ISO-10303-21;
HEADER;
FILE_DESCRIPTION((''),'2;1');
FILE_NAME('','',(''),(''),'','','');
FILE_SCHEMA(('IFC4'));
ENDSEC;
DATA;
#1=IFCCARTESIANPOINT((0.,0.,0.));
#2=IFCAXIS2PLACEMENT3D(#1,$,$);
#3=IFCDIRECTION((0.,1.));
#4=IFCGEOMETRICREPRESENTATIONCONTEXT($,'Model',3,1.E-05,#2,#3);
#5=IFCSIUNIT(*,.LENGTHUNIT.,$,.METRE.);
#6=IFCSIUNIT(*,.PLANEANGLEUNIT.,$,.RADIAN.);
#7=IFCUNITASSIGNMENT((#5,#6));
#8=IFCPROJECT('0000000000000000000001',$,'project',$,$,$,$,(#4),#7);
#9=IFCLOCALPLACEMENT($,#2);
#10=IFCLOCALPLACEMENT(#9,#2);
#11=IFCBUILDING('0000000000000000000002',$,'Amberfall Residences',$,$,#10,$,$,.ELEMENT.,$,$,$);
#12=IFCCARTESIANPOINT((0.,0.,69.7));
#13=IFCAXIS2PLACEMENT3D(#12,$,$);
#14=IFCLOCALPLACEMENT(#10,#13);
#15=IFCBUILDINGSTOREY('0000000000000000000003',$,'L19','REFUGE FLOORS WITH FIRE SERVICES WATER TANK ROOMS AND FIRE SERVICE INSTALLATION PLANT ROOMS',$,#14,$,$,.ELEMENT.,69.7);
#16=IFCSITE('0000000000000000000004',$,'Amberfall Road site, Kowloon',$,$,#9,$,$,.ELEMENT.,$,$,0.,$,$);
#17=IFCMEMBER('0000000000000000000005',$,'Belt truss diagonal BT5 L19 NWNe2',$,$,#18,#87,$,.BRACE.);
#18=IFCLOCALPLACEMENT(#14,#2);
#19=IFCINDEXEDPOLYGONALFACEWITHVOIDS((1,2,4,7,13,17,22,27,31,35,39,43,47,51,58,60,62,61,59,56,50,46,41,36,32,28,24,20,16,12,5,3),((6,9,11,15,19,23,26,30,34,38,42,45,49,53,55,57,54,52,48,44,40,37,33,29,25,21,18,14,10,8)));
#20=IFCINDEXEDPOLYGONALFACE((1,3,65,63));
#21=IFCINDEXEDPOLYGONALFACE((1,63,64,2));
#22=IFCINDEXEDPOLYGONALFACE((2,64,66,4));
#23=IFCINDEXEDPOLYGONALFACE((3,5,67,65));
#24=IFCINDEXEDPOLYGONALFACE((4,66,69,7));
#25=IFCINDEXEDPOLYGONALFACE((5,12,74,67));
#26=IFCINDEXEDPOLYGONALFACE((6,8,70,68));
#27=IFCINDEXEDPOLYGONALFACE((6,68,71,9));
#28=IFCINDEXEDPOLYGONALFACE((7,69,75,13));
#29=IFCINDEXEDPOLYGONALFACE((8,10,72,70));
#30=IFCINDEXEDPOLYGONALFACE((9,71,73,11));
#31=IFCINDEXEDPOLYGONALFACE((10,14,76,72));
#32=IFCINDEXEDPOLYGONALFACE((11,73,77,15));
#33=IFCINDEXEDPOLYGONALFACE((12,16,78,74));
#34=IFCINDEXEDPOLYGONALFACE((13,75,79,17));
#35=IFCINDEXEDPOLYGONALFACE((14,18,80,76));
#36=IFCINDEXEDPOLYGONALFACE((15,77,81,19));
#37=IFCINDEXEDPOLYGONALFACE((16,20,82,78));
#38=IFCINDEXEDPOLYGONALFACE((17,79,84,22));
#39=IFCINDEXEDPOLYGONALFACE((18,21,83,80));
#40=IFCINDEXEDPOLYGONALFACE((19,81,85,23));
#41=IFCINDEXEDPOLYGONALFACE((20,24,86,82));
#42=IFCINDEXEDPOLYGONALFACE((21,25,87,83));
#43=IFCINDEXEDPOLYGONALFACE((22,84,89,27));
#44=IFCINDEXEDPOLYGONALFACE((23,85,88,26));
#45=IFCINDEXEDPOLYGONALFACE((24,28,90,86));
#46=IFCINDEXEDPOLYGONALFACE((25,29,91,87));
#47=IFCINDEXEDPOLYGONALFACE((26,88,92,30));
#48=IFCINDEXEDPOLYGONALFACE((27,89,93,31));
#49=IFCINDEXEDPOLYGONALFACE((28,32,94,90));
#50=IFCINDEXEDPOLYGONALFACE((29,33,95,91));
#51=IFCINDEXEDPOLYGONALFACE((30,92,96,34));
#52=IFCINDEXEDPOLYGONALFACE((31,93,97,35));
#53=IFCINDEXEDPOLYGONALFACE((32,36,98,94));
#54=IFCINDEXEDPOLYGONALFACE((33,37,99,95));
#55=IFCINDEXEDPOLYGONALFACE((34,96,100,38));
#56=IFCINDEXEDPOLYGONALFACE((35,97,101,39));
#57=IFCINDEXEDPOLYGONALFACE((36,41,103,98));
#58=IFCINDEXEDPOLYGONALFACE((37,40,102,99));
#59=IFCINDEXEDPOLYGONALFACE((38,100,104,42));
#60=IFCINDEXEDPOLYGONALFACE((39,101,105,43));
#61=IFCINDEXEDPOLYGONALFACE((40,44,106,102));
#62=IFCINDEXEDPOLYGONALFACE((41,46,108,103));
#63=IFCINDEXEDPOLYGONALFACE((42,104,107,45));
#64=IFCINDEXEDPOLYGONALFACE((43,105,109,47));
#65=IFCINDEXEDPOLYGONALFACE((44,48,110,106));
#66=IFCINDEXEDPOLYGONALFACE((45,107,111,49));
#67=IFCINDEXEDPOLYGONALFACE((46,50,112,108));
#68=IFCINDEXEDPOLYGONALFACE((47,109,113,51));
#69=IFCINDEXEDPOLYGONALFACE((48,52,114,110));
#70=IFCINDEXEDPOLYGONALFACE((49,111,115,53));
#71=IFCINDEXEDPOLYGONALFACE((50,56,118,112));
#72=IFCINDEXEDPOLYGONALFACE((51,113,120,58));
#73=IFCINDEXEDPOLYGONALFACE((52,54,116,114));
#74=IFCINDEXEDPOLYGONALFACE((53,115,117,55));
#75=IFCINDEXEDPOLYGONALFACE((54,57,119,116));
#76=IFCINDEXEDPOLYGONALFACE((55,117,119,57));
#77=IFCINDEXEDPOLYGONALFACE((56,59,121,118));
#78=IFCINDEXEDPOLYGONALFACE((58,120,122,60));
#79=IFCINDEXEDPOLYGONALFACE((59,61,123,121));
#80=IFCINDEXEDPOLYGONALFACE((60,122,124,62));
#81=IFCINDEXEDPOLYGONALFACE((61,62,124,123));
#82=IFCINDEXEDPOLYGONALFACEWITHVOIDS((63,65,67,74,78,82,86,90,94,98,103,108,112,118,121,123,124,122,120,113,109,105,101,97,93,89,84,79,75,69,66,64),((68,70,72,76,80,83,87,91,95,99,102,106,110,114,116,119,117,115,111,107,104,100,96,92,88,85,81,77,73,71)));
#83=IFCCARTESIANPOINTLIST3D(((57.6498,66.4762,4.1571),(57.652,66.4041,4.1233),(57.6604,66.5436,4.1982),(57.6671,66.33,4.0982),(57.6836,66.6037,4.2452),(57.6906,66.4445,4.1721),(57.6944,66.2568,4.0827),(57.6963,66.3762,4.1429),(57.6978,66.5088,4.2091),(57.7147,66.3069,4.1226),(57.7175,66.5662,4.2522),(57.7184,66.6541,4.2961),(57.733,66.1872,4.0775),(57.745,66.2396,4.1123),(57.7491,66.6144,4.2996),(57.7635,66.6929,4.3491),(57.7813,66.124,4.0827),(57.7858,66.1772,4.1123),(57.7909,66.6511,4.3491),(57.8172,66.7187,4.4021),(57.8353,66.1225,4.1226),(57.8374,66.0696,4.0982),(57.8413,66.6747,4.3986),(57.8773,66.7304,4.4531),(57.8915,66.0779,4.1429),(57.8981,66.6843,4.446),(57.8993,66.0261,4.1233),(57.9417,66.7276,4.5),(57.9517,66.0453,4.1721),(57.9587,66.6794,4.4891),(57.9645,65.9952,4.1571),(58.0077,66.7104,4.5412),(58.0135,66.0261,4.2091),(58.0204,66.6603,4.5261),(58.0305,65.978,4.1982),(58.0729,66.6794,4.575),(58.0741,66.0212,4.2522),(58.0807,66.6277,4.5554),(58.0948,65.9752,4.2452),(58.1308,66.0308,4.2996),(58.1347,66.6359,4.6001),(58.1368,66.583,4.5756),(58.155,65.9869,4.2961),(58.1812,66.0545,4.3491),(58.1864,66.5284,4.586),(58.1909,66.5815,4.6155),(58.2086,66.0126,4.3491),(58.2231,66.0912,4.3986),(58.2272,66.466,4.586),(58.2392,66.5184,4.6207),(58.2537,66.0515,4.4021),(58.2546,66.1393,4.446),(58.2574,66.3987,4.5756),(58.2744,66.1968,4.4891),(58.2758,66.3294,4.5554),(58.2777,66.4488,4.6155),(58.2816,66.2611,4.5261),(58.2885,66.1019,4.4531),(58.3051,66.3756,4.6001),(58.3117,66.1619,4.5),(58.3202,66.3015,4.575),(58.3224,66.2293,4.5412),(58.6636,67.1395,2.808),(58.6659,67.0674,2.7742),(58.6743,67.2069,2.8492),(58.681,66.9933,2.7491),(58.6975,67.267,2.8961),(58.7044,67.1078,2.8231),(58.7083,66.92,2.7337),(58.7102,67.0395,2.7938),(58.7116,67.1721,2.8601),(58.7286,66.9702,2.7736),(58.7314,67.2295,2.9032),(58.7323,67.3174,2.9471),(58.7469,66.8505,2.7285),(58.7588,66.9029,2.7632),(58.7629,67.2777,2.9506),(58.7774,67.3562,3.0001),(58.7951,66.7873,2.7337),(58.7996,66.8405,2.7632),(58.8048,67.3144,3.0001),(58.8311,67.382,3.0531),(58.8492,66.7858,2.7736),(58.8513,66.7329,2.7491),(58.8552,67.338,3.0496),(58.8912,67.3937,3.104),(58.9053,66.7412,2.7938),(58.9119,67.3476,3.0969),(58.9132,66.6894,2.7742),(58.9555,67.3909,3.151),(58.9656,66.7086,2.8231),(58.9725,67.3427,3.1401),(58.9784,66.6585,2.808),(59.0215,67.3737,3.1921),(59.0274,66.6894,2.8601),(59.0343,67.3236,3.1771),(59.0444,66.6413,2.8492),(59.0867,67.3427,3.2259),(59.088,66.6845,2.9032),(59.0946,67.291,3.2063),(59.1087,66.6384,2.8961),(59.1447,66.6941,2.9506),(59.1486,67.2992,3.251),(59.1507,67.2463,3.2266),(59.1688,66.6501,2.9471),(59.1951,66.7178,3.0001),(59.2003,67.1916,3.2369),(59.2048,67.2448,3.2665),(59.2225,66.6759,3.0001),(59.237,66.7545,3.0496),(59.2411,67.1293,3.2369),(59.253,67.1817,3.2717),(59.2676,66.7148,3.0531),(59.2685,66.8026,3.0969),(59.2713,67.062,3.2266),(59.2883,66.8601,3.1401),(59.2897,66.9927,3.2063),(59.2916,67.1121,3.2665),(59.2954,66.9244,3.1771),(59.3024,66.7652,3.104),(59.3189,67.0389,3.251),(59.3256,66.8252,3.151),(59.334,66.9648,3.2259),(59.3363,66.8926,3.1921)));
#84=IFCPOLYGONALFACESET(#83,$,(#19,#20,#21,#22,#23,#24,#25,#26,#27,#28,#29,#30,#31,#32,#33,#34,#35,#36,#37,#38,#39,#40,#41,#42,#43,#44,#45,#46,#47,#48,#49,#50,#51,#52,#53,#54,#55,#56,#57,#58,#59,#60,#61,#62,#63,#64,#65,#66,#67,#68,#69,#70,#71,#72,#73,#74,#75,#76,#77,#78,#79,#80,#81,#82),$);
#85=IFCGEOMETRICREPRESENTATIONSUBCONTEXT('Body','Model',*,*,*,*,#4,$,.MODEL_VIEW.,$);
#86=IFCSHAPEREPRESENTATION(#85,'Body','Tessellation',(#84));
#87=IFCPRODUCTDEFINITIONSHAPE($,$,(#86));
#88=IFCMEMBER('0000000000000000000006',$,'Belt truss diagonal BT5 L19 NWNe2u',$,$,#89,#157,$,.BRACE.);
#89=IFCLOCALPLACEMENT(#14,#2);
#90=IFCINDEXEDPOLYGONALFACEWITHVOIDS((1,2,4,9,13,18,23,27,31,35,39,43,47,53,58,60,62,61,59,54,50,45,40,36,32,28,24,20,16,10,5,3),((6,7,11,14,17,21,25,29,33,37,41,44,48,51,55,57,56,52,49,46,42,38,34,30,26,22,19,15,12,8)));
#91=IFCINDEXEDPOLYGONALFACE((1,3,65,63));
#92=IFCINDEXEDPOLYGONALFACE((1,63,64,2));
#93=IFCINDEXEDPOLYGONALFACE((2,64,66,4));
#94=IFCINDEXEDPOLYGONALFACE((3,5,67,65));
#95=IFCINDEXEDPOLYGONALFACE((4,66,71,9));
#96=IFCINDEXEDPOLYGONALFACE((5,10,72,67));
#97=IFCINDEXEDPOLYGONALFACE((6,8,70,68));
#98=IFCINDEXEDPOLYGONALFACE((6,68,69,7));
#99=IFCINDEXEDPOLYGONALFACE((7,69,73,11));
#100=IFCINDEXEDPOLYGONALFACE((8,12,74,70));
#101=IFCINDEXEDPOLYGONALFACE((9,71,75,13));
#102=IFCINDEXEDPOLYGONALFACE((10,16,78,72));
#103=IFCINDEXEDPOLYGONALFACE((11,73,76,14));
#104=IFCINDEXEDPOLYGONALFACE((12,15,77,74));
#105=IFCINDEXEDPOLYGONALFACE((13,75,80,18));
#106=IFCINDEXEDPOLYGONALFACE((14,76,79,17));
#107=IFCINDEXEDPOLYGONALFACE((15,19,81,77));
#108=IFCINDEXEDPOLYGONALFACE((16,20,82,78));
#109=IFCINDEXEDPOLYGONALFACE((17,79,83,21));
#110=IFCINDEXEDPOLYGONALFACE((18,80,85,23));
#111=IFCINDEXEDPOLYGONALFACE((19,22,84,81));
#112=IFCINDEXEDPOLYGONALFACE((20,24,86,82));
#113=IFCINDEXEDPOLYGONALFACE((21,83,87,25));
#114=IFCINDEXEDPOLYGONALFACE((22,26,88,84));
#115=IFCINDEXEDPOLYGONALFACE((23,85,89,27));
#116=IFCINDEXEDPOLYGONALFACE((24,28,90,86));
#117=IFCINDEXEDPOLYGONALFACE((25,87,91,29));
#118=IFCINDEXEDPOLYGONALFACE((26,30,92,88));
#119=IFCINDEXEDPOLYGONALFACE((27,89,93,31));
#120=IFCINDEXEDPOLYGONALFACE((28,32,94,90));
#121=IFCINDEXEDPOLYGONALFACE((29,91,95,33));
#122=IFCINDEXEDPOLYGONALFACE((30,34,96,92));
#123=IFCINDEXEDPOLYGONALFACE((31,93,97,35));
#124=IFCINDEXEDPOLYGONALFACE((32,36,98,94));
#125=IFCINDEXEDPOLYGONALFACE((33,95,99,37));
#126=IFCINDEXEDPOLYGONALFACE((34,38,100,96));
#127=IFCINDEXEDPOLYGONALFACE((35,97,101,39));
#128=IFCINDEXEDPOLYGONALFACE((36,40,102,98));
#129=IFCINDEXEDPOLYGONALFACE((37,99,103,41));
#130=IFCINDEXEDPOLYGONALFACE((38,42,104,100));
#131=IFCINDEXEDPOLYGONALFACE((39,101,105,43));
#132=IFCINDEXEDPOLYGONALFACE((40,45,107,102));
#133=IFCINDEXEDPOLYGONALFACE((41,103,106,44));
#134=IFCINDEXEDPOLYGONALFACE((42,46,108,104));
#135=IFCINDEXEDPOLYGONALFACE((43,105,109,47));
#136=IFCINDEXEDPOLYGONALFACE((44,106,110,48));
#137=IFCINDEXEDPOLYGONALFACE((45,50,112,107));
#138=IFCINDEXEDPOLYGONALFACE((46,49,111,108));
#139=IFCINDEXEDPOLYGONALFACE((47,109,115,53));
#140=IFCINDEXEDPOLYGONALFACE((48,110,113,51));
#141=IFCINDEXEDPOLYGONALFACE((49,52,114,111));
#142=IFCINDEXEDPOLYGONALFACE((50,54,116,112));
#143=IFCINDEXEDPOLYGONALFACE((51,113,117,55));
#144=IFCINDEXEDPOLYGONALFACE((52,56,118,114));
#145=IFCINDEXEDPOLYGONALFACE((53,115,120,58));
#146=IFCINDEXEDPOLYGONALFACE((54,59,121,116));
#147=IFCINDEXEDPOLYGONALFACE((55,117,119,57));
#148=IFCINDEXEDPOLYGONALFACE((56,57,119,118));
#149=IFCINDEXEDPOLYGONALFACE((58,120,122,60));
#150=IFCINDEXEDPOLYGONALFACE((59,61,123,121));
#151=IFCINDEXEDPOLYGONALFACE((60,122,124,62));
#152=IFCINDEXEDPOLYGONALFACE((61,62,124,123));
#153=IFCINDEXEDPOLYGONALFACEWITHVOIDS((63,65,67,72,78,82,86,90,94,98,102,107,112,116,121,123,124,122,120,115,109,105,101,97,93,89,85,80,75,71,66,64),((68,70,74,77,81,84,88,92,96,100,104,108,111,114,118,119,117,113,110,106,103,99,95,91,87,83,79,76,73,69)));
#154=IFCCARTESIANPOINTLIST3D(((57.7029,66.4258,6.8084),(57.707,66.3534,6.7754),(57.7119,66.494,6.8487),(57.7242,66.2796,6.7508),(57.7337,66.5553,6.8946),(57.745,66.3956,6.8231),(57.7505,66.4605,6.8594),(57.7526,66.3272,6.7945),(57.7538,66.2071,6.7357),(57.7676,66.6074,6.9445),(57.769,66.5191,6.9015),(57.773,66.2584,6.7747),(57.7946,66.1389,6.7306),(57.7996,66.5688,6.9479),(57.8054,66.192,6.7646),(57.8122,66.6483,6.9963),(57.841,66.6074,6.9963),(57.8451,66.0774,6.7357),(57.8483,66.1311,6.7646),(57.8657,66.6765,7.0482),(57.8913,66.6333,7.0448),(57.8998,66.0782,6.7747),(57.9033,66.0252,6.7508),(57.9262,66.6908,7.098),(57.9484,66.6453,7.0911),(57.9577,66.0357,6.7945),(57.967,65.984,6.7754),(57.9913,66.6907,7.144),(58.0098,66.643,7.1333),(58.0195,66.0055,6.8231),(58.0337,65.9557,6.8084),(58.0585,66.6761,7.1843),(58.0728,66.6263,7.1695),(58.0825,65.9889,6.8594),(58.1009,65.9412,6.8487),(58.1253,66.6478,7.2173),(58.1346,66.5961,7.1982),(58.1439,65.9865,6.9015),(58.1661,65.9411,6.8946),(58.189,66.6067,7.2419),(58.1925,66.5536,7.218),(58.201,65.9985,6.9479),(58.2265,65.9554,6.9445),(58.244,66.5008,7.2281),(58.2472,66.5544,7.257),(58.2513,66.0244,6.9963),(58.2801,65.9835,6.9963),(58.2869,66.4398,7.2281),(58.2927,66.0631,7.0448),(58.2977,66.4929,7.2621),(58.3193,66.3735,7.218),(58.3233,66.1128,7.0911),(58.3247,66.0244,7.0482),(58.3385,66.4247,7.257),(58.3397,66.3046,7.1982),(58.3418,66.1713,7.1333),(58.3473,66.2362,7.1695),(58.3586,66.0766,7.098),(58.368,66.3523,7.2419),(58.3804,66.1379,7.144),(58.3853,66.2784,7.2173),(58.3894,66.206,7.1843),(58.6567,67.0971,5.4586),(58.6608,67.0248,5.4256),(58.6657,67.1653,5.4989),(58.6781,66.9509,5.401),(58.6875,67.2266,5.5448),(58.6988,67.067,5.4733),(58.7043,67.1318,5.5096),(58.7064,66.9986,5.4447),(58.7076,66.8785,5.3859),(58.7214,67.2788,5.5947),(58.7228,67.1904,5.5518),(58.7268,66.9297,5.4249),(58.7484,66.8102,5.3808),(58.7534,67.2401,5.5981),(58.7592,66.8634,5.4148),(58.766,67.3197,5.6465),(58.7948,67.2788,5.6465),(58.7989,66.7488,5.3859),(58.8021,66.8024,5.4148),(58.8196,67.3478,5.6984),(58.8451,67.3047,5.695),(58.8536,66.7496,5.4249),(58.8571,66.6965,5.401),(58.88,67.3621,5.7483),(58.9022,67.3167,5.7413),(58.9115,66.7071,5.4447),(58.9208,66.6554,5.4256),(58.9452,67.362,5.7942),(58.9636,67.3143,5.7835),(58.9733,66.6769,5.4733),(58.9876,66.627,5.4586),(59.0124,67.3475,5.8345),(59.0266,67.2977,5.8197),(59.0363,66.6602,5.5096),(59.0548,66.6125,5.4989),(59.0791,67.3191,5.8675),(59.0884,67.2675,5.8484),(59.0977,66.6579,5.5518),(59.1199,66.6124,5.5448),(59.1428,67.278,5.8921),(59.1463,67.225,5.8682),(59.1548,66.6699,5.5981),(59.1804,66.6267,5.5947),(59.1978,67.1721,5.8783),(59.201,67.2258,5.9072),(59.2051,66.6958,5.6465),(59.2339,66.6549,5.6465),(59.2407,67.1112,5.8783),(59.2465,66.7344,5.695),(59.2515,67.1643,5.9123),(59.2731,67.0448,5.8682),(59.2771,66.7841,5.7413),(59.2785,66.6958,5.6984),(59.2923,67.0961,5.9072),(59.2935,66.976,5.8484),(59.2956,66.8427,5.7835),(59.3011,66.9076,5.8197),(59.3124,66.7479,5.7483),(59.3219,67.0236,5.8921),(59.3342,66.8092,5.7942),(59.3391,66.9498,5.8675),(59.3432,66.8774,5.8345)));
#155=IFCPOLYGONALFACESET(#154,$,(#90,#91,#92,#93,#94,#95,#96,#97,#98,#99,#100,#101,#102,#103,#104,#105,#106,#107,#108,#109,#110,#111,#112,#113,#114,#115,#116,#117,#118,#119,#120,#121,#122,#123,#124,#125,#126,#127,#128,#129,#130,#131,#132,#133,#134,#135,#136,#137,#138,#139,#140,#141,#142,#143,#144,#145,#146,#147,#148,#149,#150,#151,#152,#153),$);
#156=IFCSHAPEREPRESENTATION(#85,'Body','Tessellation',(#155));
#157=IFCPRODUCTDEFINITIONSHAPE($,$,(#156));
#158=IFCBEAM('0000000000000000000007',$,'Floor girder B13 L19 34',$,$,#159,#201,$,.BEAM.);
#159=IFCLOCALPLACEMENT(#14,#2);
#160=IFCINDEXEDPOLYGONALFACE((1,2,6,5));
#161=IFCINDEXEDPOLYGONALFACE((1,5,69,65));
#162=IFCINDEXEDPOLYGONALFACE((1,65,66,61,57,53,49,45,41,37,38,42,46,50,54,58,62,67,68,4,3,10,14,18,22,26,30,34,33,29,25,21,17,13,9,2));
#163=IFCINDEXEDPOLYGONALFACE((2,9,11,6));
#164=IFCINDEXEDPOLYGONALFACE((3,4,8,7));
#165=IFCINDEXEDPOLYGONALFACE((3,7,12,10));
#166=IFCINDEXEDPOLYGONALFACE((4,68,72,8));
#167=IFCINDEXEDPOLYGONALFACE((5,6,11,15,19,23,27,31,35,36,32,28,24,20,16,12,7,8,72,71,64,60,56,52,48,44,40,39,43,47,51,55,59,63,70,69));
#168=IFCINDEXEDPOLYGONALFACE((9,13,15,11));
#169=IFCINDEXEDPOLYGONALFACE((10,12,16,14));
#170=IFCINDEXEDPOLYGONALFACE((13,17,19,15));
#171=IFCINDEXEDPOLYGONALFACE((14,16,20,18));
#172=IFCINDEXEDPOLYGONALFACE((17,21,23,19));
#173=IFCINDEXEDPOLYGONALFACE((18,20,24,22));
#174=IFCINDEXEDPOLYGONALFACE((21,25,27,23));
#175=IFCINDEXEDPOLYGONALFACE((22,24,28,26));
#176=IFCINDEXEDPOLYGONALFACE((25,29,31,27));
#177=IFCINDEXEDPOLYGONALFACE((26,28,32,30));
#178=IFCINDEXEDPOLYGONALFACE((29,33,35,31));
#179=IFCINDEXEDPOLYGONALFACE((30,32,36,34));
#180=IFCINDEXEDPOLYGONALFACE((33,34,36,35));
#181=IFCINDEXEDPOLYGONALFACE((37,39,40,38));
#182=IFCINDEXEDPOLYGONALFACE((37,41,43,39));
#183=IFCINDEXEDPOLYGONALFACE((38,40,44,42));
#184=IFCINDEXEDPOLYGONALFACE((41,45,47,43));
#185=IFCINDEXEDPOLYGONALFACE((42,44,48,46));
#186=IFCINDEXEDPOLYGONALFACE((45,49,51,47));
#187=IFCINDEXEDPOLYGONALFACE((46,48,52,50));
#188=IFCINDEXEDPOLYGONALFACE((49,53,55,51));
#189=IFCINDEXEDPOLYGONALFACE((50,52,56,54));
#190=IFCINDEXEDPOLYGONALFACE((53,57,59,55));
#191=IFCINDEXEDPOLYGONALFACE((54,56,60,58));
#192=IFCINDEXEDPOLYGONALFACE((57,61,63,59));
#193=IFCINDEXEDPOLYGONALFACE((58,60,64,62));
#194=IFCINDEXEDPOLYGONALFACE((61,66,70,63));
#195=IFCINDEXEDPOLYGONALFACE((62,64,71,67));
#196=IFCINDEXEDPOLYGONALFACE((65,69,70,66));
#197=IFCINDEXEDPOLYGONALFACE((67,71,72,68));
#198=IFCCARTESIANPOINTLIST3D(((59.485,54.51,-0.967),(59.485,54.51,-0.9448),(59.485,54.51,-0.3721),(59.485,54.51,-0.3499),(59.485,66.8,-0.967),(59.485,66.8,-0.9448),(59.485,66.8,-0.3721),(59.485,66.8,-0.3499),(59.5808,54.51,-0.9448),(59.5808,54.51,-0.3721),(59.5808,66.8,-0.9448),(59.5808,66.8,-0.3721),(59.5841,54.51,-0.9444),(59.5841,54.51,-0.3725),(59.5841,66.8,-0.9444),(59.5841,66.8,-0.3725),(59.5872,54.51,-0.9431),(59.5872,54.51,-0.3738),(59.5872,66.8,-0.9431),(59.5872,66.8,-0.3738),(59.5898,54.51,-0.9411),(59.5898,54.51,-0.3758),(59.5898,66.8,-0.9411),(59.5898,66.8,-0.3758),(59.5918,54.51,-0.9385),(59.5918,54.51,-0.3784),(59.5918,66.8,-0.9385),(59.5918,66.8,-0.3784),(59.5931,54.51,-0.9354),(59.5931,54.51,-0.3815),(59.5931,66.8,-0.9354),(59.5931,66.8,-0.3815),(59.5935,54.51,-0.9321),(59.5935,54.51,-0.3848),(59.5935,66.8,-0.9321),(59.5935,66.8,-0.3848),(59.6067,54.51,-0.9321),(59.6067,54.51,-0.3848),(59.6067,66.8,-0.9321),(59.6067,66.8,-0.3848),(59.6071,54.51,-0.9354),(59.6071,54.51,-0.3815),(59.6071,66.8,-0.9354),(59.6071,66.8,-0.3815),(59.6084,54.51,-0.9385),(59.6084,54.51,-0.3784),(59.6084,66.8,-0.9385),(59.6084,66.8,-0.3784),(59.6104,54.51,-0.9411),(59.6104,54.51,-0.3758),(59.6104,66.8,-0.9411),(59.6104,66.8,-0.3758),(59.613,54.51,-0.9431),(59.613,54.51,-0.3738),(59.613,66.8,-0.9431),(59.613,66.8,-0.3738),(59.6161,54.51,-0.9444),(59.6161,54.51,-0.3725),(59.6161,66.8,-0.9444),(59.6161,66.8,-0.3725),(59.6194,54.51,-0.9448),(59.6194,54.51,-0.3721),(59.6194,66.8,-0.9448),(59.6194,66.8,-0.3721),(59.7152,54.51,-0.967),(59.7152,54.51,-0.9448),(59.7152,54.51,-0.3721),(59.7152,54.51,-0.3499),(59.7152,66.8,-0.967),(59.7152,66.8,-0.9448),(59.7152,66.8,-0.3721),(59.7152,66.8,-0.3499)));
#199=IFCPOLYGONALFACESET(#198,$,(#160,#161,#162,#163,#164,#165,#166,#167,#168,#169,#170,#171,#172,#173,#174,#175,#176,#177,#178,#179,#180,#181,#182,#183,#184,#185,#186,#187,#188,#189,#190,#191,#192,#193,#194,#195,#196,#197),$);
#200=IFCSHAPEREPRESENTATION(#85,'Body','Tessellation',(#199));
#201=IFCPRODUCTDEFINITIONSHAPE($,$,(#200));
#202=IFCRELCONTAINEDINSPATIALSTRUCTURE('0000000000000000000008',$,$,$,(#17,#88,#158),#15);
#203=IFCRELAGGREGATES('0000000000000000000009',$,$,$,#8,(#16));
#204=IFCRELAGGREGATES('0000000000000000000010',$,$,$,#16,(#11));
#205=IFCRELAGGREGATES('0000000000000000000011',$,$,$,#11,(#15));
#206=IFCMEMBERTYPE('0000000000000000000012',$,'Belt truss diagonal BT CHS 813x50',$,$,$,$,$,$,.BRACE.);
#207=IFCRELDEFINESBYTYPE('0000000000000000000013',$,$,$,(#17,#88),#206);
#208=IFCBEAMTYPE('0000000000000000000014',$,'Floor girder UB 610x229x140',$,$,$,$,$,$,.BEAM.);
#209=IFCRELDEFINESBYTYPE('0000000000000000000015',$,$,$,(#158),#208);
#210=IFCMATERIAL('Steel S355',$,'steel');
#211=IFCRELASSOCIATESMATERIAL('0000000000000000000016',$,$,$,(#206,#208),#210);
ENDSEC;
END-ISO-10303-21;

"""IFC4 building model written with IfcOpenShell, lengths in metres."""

from ifc_helpers import new_model, si_unit, direction, frame, origin, origin_2d, place, context, subcontext, project, spatial, hollow_circle, i_section, extrude, material, material_profile, profile_set, type_object, element, save


model = new_model("IFC4")

# Units and contexts
model_context = context("Model", 3, precision=1e-05, world=origin(), true_north=direction((0.0, 1.0)))
body_context = subcontext(model_context, "Body", "Model", "MODEL_VIEW")
ifc_project = project(units=[si_unit("LENGTHUNIT", "METRE"), si_unit("PLANEANGLEUNIT", "RADIAN")], contexts=[model_context])

# Site, building, storey
site_placement = place(None, origin())
site = spatial("IfcSite", under=ifc_project, at=site_placement, Name="Amberfall Road site, Kowloon", CompositionType="ELEMENT", RefElevation=0.0)
building_placement = place(site_placement, origin())
building = spatial("IfcBuilding", under=site, at=building_placement, Name="Amberfall Residences", CompositionType="ELEMENT")
storey_placement = place(building_placement, frame((0.0, 0.0, 69.7)))
storey = spatial("IfcBuildingStorey", under=building, at=storey_placement, Name="L19", Description="REFUGE FLOORS WITH FIRE SERVICES WATER TANK ROOMS AND FIRE SERVICE INSTALLATION PLANT ROOMS", CompositionType="ELEMENT", Elevation=69.7)

# Members
ifc_material_1 = material(Name="Steel S355", Category="steel")
ifc_material_profile_1 = material_profile(ifc_material_1, hollow_circle(Radius=0.4065, WallThickness=0.05, at=origin_2d()), Name="CHS 813x50")
ifc_profile_set_1 = profile_set([ifc_material_profile_1], Name="Steel S355")
member_type = type_object("IfcMemberType", Name="Belt truss diagonal BT CHS 813x50", PredefinedType="BRACE", material=ifc_profile_set_1)
member_1_placement = place(storey_placement, frame((57.9861, 66.3528, 4.3491), z_axis=(0.559146, 0.365808, -0.744003), x_axis=(-0.547472, 0.836824, 0.0)))
element("IfcMember", 1, at=member_1_placement, inside=storey, type_object=member_type, Name="Belt truss diagonal BT5 L19 NWNe2", PredefinedType="BRACE", context=body_context, shape_type="SweptSolid", body=[
    extrude(hollow_circle(Radius=0.4065, WallThickness=0.05, at=origin_2d()), origin(), (0.0, 0.0, 1.0), 1.8132),
])
member_2_placement = place(storey_placement, frame((58.0461, 66.3159, 6.9963), z_axis=(0.534669, 0.376335, -0.756638), x_axis=(-0.575582, 0.817744, 0.0)))
element("IfcMember", 2, at=member_2_placement, inside=storey, type_object=member_type, Name="Belt truss diagonal BT5 L19 NWNe2u", PredefinedType="BRACE", context=body_context, shape_type="SweptSolid", body=[
    extrude(hollow_circle(Radius=0.4065, WallThickness=0.05, at=origin_2d()), origin(), (0.0, 0.0, 1.0), 1.7839),
])

# Beam
ifc_material_profile_2 = material_profile(ifc_material_1, i_section(OverallWidth=0.2302, OverallDepth=0.6172, WebThickness=0.0132, FlangeThickness=0.0222, FilletRadius=0.0127, at=origin_2d()), Name="UB 610x229x140")
ifc_profile_set_2 = profile_set([ifc_material_profile_2], Name="Steel S355")
beam_type = type_object("IfcBeamType", Name="Floor girder UB 610x229x140", PredefinedType="BEAM", material=ifc_profile_set_2)
beam_1_placement = place(storey_placement, frame((59.6001, 66.8, -0.6584), z_axis=(0.0, -1.0, 0.0), x_axis=(1.0, 0.0, 0.0)))
element("IfcBeam", 3, at=beam_1_placement, inside=storey, type_object=beam_type, Name="Floor girder B13 L19 34", PredefinedType="BEAM", context=body_context, shape_type="SweptSolid", body=[
    extrude(i_section(OverallWidth=0.2302, OverallDepth=0.6172, WebThickness=0.0132, FlangeThickness=0.0222, FilletRadius=0.0127, at=origin_2d()), origin(), (0.0, 0.0, 1.0), 12.29),
])

save(model, "model.ifc")
